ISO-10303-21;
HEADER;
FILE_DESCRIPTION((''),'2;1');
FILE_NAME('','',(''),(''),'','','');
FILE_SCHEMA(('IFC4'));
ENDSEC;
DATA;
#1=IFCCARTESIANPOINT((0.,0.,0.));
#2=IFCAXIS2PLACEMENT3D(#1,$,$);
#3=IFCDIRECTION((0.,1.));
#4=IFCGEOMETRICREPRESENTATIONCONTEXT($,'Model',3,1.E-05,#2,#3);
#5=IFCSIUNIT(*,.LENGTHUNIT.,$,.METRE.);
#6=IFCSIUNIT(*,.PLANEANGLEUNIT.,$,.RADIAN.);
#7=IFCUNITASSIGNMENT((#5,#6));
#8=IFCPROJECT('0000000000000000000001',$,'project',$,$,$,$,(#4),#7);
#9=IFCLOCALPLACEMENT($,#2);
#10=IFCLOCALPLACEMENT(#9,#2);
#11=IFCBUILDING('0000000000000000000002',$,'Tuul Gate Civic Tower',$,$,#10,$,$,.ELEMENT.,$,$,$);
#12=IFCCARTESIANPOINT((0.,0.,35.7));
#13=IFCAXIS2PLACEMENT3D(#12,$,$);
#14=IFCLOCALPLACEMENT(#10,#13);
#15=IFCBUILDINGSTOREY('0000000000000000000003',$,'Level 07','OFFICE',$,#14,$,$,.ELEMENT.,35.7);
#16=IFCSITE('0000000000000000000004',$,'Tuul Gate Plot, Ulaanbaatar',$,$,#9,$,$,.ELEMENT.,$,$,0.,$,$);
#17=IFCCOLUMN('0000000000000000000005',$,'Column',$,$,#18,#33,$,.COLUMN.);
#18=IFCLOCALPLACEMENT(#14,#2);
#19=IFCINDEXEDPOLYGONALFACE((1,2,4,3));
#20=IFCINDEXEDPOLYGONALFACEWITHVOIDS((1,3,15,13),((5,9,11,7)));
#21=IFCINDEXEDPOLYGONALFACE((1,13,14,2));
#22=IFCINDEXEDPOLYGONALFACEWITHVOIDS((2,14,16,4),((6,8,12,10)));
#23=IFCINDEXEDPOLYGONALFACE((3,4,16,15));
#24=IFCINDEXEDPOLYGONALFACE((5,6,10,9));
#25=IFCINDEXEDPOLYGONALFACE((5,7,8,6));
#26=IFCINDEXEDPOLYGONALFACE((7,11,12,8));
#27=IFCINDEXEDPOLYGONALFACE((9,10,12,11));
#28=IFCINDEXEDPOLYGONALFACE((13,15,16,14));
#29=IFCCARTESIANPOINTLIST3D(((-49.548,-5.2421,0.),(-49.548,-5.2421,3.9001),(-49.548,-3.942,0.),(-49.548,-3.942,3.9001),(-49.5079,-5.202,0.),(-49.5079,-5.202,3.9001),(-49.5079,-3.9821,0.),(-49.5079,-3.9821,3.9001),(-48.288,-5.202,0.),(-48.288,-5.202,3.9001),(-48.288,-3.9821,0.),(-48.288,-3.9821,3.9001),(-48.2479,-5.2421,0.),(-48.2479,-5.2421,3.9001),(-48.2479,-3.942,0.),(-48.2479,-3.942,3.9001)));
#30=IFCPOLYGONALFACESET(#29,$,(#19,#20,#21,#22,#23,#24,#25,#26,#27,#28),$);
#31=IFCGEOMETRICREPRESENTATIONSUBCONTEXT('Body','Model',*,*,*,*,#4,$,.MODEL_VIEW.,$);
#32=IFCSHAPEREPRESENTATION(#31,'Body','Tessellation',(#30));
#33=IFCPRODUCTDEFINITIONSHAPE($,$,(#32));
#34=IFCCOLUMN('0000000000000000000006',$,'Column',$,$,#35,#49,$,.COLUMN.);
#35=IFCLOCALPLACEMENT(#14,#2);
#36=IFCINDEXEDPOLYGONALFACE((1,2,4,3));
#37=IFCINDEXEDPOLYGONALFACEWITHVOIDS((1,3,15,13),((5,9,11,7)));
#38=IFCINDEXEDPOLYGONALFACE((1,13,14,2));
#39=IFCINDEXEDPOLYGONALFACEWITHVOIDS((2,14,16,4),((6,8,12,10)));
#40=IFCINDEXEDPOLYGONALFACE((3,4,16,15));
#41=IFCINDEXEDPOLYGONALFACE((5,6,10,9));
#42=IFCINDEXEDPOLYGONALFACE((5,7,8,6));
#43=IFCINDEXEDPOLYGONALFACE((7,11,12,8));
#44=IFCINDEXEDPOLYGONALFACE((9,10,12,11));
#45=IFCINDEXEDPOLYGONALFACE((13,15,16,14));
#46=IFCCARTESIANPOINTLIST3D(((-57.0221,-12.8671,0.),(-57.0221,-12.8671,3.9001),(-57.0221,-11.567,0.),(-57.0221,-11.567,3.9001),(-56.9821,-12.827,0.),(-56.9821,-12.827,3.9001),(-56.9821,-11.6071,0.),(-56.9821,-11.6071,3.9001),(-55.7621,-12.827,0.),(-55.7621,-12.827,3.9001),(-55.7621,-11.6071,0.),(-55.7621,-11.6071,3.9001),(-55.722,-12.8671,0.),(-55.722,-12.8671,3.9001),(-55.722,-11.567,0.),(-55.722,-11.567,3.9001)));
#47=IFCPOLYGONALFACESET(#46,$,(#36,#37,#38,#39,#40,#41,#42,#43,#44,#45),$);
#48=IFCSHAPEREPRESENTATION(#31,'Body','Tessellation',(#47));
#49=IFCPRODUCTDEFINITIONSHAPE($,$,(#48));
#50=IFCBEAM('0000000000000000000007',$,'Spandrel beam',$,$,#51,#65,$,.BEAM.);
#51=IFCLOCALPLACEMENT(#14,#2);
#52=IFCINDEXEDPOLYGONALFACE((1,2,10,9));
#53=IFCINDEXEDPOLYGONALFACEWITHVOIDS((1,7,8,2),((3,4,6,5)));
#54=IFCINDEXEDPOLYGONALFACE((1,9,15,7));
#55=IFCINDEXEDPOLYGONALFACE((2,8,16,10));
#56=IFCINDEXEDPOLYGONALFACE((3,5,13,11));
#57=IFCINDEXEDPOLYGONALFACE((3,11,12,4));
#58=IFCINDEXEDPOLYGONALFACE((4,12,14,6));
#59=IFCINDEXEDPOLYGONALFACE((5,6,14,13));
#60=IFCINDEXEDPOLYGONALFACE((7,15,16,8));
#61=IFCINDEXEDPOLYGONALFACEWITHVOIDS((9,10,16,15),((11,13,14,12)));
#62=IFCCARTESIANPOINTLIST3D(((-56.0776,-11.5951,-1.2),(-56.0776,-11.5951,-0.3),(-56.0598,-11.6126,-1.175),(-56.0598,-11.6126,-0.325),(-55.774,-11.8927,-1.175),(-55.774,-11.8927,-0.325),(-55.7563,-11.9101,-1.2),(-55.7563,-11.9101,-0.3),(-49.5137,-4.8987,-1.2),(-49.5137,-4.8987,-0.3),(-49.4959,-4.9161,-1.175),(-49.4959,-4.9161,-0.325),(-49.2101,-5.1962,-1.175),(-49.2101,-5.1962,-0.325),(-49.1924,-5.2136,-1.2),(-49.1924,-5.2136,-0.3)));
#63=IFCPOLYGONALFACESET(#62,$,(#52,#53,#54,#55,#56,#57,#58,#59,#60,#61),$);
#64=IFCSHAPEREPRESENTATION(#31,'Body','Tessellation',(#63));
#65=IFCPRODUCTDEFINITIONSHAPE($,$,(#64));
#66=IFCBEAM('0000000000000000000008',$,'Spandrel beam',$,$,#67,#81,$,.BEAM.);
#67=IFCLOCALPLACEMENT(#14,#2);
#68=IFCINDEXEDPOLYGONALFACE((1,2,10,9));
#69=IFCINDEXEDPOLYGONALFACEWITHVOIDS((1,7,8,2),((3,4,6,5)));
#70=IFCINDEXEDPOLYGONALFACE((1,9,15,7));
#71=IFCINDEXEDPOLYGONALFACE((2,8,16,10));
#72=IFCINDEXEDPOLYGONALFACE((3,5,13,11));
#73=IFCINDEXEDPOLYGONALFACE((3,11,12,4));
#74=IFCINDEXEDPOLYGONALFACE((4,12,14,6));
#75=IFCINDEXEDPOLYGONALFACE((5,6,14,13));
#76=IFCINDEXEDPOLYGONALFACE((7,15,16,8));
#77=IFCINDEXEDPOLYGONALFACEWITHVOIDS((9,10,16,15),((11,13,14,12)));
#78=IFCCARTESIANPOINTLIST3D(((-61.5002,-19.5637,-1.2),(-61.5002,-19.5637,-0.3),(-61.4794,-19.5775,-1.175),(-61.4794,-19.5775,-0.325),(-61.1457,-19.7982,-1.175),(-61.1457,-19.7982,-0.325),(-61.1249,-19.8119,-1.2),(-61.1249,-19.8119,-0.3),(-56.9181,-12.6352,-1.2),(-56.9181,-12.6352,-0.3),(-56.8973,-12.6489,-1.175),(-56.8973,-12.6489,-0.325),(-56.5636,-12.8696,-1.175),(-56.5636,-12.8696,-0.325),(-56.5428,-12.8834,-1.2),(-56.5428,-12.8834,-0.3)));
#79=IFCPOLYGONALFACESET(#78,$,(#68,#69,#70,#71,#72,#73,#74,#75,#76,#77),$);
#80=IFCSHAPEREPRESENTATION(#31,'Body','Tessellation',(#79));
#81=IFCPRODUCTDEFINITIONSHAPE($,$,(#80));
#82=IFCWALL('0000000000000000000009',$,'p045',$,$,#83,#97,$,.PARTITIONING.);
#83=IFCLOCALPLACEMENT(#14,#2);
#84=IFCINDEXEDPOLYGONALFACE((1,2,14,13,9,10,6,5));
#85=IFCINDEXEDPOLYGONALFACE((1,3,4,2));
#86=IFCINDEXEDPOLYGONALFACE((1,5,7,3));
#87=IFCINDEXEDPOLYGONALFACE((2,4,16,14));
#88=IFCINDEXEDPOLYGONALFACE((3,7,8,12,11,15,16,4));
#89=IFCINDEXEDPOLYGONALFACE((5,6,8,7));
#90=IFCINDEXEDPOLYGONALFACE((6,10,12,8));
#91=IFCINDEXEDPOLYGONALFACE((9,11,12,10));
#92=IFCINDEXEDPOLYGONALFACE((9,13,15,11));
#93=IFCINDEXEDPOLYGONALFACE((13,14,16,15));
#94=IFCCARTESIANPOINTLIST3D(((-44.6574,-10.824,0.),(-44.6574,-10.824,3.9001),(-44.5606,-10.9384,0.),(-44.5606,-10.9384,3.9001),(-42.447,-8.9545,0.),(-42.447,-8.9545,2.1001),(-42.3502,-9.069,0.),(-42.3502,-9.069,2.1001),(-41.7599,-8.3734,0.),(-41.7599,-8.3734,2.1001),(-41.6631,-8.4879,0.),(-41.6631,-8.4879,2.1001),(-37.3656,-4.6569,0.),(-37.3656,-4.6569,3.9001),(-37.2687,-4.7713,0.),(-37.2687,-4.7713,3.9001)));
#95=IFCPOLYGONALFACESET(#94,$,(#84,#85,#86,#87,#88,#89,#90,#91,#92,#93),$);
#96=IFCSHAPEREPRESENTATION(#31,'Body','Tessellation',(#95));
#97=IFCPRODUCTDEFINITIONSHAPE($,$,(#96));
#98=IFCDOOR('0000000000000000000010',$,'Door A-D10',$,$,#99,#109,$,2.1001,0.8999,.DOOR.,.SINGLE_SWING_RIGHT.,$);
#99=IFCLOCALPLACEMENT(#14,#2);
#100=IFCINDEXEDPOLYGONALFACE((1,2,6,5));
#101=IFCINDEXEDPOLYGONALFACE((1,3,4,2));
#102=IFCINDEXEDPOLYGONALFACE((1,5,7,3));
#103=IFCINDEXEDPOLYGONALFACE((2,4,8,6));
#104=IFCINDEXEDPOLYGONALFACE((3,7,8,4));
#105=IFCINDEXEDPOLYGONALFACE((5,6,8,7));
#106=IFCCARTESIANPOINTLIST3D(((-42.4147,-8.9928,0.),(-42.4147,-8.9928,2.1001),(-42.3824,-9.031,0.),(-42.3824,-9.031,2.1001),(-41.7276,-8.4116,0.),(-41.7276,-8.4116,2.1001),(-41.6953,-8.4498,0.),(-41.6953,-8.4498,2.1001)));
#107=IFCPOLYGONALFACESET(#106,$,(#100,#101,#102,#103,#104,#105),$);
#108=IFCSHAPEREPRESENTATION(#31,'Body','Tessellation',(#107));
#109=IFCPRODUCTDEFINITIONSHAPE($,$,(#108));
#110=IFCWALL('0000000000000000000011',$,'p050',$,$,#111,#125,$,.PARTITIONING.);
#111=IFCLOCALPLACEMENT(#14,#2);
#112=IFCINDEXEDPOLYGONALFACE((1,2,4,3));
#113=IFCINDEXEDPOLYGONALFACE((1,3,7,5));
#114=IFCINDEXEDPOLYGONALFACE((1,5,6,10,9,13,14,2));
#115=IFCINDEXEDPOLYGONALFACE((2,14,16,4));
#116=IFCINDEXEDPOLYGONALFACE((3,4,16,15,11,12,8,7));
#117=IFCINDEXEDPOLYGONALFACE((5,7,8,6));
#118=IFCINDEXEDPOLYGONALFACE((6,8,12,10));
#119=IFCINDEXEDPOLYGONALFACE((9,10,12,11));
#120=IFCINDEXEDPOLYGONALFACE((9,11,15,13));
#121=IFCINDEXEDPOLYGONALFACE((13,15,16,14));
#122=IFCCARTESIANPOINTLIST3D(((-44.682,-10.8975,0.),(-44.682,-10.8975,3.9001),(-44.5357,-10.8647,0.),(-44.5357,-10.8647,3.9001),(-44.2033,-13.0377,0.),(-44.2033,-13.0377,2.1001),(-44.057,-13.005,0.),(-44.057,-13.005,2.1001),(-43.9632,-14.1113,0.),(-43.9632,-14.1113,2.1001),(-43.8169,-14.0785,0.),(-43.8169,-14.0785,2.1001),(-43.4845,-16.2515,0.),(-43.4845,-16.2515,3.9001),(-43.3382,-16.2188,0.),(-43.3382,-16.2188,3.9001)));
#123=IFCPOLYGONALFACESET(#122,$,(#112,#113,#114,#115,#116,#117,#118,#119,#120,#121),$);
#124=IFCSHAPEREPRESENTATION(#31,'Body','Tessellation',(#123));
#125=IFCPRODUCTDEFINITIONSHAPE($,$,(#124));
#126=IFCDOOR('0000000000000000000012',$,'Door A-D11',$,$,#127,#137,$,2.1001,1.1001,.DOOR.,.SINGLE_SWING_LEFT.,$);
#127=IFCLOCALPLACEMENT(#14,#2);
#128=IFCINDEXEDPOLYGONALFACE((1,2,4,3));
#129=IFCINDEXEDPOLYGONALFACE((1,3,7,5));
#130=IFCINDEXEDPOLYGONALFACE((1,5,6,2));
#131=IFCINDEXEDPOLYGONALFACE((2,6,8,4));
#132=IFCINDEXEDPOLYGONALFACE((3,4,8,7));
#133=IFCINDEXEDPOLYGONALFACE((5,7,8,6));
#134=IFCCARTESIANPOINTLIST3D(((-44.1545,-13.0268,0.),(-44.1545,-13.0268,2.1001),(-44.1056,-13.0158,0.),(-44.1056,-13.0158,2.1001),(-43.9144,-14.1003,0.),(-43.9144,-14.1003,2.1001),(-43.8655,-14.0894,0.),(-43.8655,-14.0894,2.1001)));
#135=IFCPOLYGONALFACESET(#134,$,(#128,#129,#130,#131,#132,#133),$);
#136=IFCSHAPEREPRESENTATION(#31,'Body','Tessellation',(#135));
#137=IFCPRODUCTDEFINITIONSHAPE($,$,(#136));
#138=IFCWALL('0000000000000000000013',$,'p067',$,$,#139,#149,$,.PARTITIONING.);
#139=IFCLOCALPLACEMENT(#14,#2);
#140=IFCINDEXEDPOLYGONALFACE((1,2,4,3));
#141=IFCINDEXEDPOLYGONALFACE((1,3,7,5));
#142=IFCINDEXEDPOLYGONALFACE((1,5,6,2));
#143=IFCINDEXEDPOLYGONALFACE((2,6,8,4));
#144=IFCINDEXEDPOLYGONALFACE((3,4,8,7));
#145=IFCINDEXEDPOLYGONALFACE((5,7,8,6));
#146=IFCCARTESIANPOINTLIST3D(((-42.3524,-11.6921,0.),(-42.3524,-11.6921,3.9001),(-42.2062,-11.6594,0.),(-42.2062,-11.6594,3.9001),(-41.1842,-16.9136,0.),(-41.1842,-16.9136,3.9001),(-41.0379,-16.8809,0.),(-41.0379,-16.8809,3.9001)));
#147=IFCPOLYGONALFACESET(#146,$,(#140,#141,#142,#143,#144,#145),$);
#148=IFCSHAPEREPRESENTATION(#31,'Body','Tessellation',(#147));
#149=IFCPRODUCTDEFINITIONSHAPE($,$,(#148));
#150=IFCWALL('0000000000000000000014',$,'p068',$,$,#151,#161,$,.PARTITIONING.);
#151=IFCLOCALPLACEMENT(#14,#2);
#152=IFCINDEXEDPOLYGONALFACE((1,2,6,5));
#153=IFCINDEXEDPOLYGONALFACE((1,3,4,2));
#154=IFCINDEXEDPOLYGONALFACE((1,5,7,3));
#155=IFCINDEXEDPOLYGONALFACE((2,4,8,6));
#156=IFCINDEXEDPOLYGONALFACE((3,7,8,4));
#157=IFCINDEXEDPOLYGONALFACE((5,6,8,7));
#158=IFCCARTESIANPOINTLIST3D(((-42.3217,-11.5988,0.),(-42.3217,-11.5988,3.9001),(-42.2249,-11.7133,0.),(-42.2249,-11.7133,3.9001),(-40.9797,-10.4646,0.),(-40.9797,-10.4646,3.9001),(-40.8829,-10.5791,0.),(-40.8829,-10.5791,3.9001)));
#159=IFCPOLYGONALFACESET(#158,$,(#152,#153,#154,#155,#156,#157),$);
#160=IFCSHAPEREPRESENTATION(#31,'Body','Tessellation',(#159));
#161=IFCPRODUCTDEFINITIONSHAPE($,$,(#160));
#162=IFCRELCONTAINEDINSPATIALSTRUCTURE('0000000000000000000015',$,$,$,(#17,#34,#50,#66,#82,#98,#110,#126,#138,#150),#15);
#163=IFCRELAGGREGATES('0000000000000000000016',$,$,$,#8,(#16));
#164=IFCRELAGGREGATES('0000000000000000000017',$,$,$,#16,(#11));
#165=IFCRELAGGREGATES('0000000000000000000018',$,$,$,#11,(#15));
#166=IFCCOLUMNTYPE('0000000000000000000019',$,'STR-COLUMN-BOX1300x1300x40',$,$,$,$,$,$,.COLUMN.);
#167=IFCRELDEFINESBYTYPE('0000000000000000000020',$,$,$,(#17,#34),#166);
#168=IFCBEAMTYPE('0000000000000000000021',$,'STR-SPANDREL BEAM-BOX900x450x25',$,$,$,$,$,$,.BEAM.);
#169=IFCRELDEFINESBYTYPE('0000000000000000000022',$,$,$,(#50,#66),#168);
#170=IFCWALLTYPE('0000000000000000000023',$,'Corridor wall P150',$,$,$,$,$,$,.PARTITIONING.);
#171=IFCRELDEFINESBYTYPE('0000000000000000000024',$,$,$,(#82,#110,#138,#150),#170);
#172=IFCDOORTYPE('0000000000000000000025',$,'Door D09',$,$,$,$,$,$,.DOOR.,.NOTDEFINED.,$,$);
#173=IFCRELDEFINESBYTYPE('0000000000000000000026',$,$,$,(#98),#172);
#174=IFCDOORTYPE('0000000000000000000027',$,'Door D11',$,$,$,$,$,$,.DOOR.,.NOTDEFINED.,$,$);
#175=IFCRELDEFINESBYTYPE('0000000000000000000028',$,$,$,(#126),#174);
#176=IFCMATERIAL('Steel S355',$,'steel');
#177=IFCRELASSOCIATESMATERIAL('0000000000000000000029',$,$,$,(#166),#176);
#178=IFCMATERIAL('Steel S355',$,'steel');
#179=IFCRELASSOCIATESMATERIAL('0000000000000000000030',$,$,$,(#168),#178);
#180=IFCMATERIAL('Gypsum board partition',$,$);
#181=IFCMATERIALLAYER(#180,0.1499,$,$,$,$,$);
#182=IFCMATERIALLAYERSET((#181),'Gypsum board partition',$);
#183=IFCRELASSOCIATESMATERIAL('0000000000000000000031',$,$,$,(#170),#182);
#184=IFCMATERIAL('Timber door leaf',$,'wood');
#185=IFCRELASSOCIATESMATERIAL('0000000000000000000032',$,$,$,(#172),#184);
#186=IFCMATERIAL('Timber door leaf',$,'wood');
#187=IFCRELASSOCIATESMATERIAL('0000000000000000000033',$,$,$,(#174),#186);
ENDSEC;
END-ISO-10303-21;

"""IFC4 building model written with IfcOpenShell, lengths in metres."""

from ifc_helpers import new_model, si_unit, direction, frame, frame_2d, origin, origin_2d, place, context, subcontext, project, spatial, rectangle, hollow_rectangle, extrude, material, layer, layer_set, material_profile, profile_set, type_object, element, fill, save


model = new_model("IFC4")

# Units and contexts
model_context = context("Model", 3, precision=1e-05, world=origin(), true_north=direction((0.0, 1.0)))
body_context = subcontext(model_context, "Body", "Model", "MODEL_VIEW")
ifc_project = project(units=[si_unit("LENGTHUNIT", "METRE"), si_unit("PLANEANGLEUNIT", "RADIAN")], contexts=[model_context])

# Site, building, storey
site_placement = place(None, origin())
site = spatial("IfcSite", under=ifc_project, at=site_placement, Name="Tuul Gate Plot, Ulaanbaatar", CompositionType="ELEMENT", RefElevation=0.0)
building_placement = place(site_placement, origin())
building = spatial("IfcBuilding", under=site, at=building_placement, Name="Tuul Gate Civic Tower", CompositionType="ELEMENT")
storey_placement = place(building_placement, frame((0.0, 0.0, 35.7)))
storey = spatial("IfcBuildingStorey", under=building, at=storey_placement, Name="Level 07", Description="OFFICE", CompositionType="ELEMENT", Elevation=35.7)

# Columns
ifc_material_1 = material(Name="Steel S355", Category="steel")
ifc_material_profile_1 = material_profile(ifc_material_1, hollow_rectangle(XDim=1.3, YDim=1.3, WallThickness=0.04, at=origin_2d()), Name="BOX1300x1300x40")
ifc_profile_set_1 = profile_set([ifc_material_profile_1], Name="Steel S355")
column_type = type_object("IfcColumnType", Name="STR-COLUMN-BOX1300x1300x40", PredefinedType="COLUMN", material=ifc_profile_set_1)
for number, where, z_axis, x_axis, name in (
    (1, (-48.8979, -4.592, 0.0), (0.0, 0.0, 1.0), (1.0, 0.0, 0.0), "Column"),
    (2, (-56.3721, -12.217, 0.0), (0.0, 0.0, 1.0), (1.0, 0.0, 0.0), "Column"),
):
    element("IfcColumn", number, at=place(storey_placement, frame(where, z_axis=z_axis, x_axis=x_axis)), inside=storey, type_object=column_type, Name=name, PredefinedType="COLUMN", context=body_context, shape_type="SweptSolid", body=[
        extrude(hollow_rectangle(XDim=1.3, YDim=1.3, WallThickness=0.04, at=origin_2d()), origin(), (0.0, 0.0, 1.0), 3.9001),
    ])

# Beams
ifc_material_2 = material(Name="Steel S355", Category="steel")
ifc_material_profile_2 = material_profile(ifc_material_2, hollow_rectangle(XDim=0.45, YDim=0.8999, WallThickness=0.0249, at=origin_2d()), Name="BOX900x450x25")
ifc_profile_set_2 = profile_set([ifc_material_profile_2], Name="Steel S355")
beam_type = type_object("IfcBeamType", Name="STR-SPANDREL BEAM-BOX900x450x25", PredefinedType="BEAM", material=ifc_profile_set_2)
beam_1_placement = place(storey_placement, frame((-49.353, -5.0562, -0.75), z_axis=(-0.700003, -0.71414, 0.0), x_axis=(0.71414, -0.700003, 0.0)))
element("IfcBeam", 3, at=beam_1_placement, inside=storey, type_object=beam_type, Name="Spandrel beam", PredefinedType="BEAM", context=body_context, shape_type="SweptSolid", body=[
    extrude(hollow_rectangle(XDim=0.45, YDim=0.8999, WallThickness=0.0249, at=origin_2d()), origin(), (0.0, 0.0, 1.0), 9.377),
])
beam_2_placement = place(storey_placement, frame((-56.7305, -12.7593, -0.75), z_axis=(-0.551617, -0.834097, 0.0), x_axis=(0.834097, -0.551617, 0.0)))
element("IfcBeam", 4, at=beam_2_placement, inside=storey, type_object=beam_type, Name="Spandrel beam", PredefinedType="BEAM", context=body_context, shape_type="SweptSolid", body=[
    extrude(hollow_rectangle(XDim=0.45, YDim=0.8999, WallThickness=0.0249, at=origin_2d()), origin(), (0.0, 0.0, 1.0), 8.3066),
])

# Walls, openings, doors
ifc_material_3 = material(Name="Gypsum board partition")
ifc_layer_1 = layer(ifc_material_3, 0.1499)
ifc_layer_set_1 = layer_set([ifc_layer_1], Name="Gypsum board partition")
wall_type_1 = type_object("IfcWallType", Name="Corridor wall P150", PredefinedType="PARTITIONING", material=ifc_layer_set_1)
wall_1_placement = place(storey_placement, frame((-44.6089, -10.8811, 0.0), z_axis=(0.0, 0.0, 1.0), x_axis=(0.763539, 0.645762, 0.0)))
wall_1 = element("IfcWall", 5, at=wall_1_placement, inside=storey, type_object=wall_type_1, Name="p045", PredefinedType="PARTITIONING", context=body_context, shape_type="SweptSolid", body=[
    extrude(rectangle(XDim=9.55, YDim=0.1499, at=frame_2d((4.7749, 0.0))), origin(), (0.0, 0.0, 1.0), 3.9001),
])
opening_1_placement = place(wall_1_placement, frame((2.8948, 0.0, 0.0)))
opening_1 = element("IfcOpeningElement", 6, at=opening_1_placement, cuts=wall_1, PredefinedType="OPENING", context=body_context, shape_type="SweptSolid", body=[
    extrude(rectangle(XDim=0.8999, YDim=2.1001, at=frame_2d((0.45, 1.05))), frame((0.0, 0.085, 0.0), z_axis=(0.0, -1.0, 0.0), x_axis=(1.0, 0.0, 0.0)), (0.0, 0.0, 1.0), 0.1699),
])
ifc_material_4 = material(Name="Timber door leaf", Category="wood")
door_type_1 = type_object("IfcDoorType", Name="Door D09", OperationType="NOTDEFINED", PredefinedType="DOOR", material=ifc_material_4)
door_1_placement = place(opening_1_placement, origin())
door_1 = element("IfcDoor", 7, at=door_1_placement, inside=storey, type_object=door_type_1, Name="Door A-D10", OperationType="SINGLE_SWING_RIGHT", OverallHeight=2.1001, OverallWidth=0.8999, PredefinedType="DOOR", context=body_context, shape_type="SweptSolid", body=[
    extrude(rectangle(XDim=0.8999, YDim=2.1001, at=frame_2d((0.45, 1.05))), frame((0.0, 0.0249, 0.0), z_axis=(0.0, -1.0, 0.0), x_axis=(1.0, 0.0, 0.0)), (0.0, 0.0, 1.0), 0.05),
])
fill(opening_1, door_1)
wall_2_placement = place(storey_placement, frame((-44.6089, -10.8811, 0.0), z_axis=(0.0, 0.0, 1.0), x_axis=(0.218273, -0.975888, 0.0)))
wall_2 = element("IfcWall", 8, at=wall_2_placement, inside=storey, type_object=wall_type_1, Name="p050", PredefinedType="PARTITIONING", context=body_context, shape_type="SweptSolid", body=[
    extrude(rectangle(XDim=5.4863, YDim=0.1499, at=frame_2d((2.7432, 0.0))), origin(), (0.0, 0.0, 1.0), 3.9001),
])
opening_2_placement = place(wall_2_placement, frame((2.1931, 0.0, 0.0)))
opening_2 = element("IfcOpeningElement", 9, at=opening_2_placement, cuts=wall_2, PredefinedType="OPENING", context=body_context, shape_type="SweptSolid", body=[
    extrude(rectangle(XDim=1.1001, YDim=2.1001, at=frame_2d((0.55, 1.05))), frame((0.0, 0.085, 0.0), z_axis=(0.0, -1.0, 0.0), x_axis=(1.0, 0.0, 0.0)), (0.0, 0.0, 1.0), 0.1699),
])
ifc_material_5 = material(Name="Timber door leaf", Category="wood")
door_type_2 = type_object("IfcDoorType", Name="Door D11", OperationType="NOTDEFINED", PredefinedType="DOOR", material=ifc_material_5)
door_2_placement = place(opening_2_placement, frame((1.1001, 0.0, 0.0), z_axis=(0.0, 0.0, 1.0), x_axis=(-1.0, 0.0, 0.0)))
door_2 = element("IfcDoor", 10, at=door_2_placement, inside=storey, type_object=door_type_2, Name="Door A-D11", OperationType="SINGLE_SWING_LEFT", OverallHeight=2.1001, OverallWidth=1.1001, PredefinedType="DOOR", context=body_context, shape_type="SweptSolid", body=[
    extrude(rectangle(XDim=1.1001, YDim=2.1001, at=frame_2d((0.55, 1.05))), frame((0.0, 0.0249, 0.0), z_axis=(0.0, -1.0, 0.0), x_axis=(1.0, 0.0, 0.0)), (0.0, 0.0, 1.0), 0.05),
])
fill(opening_2, door_2)

# Walls
wall_3_placement = place(storey_placement, frame((-42.2793, -11.6758, 0.0), z_axis=(0.0, 0.0, 1.0), x_axis=(0.218336, -0.975874, 0.0)))
element("IfcWall", 11, at=wall_3_placement, inside=storey, type_object=wall_type_1, Name="p067", PredefinedType="PARTITIONING", context=body_context, shape_type="SweptSolid", body=[
    extrude(rectangle(XDim=5.3506, YDim=0.1499, at=frame_2d((2.6753, 0.0))), origin(), (0.0, 0.0, 1.0), 3.9001),
])
wall_4_placement = place(storey_placement, frame((-42.2732, -11.656, 0.0), z_axis=(0.0, 0.0, 1.0), x_axis=(0.76375, 0.645512, 0.0)))
element("IfcWall", 12, at=wall_4_placement, inside=storey, type_object=wall_type_1, Name="p068", PredefinedType="PARTITIONING", context=body_context, shape_type="SweptSolid", body=[
    extrude(rectangle(XDim=1.7571, YDim=0.1499, at=frame_2d((0.8784, 0.0))), origin(), (0.0, 0.0, 1.0), 3.9001),
])

save(model, "model.ifc")
